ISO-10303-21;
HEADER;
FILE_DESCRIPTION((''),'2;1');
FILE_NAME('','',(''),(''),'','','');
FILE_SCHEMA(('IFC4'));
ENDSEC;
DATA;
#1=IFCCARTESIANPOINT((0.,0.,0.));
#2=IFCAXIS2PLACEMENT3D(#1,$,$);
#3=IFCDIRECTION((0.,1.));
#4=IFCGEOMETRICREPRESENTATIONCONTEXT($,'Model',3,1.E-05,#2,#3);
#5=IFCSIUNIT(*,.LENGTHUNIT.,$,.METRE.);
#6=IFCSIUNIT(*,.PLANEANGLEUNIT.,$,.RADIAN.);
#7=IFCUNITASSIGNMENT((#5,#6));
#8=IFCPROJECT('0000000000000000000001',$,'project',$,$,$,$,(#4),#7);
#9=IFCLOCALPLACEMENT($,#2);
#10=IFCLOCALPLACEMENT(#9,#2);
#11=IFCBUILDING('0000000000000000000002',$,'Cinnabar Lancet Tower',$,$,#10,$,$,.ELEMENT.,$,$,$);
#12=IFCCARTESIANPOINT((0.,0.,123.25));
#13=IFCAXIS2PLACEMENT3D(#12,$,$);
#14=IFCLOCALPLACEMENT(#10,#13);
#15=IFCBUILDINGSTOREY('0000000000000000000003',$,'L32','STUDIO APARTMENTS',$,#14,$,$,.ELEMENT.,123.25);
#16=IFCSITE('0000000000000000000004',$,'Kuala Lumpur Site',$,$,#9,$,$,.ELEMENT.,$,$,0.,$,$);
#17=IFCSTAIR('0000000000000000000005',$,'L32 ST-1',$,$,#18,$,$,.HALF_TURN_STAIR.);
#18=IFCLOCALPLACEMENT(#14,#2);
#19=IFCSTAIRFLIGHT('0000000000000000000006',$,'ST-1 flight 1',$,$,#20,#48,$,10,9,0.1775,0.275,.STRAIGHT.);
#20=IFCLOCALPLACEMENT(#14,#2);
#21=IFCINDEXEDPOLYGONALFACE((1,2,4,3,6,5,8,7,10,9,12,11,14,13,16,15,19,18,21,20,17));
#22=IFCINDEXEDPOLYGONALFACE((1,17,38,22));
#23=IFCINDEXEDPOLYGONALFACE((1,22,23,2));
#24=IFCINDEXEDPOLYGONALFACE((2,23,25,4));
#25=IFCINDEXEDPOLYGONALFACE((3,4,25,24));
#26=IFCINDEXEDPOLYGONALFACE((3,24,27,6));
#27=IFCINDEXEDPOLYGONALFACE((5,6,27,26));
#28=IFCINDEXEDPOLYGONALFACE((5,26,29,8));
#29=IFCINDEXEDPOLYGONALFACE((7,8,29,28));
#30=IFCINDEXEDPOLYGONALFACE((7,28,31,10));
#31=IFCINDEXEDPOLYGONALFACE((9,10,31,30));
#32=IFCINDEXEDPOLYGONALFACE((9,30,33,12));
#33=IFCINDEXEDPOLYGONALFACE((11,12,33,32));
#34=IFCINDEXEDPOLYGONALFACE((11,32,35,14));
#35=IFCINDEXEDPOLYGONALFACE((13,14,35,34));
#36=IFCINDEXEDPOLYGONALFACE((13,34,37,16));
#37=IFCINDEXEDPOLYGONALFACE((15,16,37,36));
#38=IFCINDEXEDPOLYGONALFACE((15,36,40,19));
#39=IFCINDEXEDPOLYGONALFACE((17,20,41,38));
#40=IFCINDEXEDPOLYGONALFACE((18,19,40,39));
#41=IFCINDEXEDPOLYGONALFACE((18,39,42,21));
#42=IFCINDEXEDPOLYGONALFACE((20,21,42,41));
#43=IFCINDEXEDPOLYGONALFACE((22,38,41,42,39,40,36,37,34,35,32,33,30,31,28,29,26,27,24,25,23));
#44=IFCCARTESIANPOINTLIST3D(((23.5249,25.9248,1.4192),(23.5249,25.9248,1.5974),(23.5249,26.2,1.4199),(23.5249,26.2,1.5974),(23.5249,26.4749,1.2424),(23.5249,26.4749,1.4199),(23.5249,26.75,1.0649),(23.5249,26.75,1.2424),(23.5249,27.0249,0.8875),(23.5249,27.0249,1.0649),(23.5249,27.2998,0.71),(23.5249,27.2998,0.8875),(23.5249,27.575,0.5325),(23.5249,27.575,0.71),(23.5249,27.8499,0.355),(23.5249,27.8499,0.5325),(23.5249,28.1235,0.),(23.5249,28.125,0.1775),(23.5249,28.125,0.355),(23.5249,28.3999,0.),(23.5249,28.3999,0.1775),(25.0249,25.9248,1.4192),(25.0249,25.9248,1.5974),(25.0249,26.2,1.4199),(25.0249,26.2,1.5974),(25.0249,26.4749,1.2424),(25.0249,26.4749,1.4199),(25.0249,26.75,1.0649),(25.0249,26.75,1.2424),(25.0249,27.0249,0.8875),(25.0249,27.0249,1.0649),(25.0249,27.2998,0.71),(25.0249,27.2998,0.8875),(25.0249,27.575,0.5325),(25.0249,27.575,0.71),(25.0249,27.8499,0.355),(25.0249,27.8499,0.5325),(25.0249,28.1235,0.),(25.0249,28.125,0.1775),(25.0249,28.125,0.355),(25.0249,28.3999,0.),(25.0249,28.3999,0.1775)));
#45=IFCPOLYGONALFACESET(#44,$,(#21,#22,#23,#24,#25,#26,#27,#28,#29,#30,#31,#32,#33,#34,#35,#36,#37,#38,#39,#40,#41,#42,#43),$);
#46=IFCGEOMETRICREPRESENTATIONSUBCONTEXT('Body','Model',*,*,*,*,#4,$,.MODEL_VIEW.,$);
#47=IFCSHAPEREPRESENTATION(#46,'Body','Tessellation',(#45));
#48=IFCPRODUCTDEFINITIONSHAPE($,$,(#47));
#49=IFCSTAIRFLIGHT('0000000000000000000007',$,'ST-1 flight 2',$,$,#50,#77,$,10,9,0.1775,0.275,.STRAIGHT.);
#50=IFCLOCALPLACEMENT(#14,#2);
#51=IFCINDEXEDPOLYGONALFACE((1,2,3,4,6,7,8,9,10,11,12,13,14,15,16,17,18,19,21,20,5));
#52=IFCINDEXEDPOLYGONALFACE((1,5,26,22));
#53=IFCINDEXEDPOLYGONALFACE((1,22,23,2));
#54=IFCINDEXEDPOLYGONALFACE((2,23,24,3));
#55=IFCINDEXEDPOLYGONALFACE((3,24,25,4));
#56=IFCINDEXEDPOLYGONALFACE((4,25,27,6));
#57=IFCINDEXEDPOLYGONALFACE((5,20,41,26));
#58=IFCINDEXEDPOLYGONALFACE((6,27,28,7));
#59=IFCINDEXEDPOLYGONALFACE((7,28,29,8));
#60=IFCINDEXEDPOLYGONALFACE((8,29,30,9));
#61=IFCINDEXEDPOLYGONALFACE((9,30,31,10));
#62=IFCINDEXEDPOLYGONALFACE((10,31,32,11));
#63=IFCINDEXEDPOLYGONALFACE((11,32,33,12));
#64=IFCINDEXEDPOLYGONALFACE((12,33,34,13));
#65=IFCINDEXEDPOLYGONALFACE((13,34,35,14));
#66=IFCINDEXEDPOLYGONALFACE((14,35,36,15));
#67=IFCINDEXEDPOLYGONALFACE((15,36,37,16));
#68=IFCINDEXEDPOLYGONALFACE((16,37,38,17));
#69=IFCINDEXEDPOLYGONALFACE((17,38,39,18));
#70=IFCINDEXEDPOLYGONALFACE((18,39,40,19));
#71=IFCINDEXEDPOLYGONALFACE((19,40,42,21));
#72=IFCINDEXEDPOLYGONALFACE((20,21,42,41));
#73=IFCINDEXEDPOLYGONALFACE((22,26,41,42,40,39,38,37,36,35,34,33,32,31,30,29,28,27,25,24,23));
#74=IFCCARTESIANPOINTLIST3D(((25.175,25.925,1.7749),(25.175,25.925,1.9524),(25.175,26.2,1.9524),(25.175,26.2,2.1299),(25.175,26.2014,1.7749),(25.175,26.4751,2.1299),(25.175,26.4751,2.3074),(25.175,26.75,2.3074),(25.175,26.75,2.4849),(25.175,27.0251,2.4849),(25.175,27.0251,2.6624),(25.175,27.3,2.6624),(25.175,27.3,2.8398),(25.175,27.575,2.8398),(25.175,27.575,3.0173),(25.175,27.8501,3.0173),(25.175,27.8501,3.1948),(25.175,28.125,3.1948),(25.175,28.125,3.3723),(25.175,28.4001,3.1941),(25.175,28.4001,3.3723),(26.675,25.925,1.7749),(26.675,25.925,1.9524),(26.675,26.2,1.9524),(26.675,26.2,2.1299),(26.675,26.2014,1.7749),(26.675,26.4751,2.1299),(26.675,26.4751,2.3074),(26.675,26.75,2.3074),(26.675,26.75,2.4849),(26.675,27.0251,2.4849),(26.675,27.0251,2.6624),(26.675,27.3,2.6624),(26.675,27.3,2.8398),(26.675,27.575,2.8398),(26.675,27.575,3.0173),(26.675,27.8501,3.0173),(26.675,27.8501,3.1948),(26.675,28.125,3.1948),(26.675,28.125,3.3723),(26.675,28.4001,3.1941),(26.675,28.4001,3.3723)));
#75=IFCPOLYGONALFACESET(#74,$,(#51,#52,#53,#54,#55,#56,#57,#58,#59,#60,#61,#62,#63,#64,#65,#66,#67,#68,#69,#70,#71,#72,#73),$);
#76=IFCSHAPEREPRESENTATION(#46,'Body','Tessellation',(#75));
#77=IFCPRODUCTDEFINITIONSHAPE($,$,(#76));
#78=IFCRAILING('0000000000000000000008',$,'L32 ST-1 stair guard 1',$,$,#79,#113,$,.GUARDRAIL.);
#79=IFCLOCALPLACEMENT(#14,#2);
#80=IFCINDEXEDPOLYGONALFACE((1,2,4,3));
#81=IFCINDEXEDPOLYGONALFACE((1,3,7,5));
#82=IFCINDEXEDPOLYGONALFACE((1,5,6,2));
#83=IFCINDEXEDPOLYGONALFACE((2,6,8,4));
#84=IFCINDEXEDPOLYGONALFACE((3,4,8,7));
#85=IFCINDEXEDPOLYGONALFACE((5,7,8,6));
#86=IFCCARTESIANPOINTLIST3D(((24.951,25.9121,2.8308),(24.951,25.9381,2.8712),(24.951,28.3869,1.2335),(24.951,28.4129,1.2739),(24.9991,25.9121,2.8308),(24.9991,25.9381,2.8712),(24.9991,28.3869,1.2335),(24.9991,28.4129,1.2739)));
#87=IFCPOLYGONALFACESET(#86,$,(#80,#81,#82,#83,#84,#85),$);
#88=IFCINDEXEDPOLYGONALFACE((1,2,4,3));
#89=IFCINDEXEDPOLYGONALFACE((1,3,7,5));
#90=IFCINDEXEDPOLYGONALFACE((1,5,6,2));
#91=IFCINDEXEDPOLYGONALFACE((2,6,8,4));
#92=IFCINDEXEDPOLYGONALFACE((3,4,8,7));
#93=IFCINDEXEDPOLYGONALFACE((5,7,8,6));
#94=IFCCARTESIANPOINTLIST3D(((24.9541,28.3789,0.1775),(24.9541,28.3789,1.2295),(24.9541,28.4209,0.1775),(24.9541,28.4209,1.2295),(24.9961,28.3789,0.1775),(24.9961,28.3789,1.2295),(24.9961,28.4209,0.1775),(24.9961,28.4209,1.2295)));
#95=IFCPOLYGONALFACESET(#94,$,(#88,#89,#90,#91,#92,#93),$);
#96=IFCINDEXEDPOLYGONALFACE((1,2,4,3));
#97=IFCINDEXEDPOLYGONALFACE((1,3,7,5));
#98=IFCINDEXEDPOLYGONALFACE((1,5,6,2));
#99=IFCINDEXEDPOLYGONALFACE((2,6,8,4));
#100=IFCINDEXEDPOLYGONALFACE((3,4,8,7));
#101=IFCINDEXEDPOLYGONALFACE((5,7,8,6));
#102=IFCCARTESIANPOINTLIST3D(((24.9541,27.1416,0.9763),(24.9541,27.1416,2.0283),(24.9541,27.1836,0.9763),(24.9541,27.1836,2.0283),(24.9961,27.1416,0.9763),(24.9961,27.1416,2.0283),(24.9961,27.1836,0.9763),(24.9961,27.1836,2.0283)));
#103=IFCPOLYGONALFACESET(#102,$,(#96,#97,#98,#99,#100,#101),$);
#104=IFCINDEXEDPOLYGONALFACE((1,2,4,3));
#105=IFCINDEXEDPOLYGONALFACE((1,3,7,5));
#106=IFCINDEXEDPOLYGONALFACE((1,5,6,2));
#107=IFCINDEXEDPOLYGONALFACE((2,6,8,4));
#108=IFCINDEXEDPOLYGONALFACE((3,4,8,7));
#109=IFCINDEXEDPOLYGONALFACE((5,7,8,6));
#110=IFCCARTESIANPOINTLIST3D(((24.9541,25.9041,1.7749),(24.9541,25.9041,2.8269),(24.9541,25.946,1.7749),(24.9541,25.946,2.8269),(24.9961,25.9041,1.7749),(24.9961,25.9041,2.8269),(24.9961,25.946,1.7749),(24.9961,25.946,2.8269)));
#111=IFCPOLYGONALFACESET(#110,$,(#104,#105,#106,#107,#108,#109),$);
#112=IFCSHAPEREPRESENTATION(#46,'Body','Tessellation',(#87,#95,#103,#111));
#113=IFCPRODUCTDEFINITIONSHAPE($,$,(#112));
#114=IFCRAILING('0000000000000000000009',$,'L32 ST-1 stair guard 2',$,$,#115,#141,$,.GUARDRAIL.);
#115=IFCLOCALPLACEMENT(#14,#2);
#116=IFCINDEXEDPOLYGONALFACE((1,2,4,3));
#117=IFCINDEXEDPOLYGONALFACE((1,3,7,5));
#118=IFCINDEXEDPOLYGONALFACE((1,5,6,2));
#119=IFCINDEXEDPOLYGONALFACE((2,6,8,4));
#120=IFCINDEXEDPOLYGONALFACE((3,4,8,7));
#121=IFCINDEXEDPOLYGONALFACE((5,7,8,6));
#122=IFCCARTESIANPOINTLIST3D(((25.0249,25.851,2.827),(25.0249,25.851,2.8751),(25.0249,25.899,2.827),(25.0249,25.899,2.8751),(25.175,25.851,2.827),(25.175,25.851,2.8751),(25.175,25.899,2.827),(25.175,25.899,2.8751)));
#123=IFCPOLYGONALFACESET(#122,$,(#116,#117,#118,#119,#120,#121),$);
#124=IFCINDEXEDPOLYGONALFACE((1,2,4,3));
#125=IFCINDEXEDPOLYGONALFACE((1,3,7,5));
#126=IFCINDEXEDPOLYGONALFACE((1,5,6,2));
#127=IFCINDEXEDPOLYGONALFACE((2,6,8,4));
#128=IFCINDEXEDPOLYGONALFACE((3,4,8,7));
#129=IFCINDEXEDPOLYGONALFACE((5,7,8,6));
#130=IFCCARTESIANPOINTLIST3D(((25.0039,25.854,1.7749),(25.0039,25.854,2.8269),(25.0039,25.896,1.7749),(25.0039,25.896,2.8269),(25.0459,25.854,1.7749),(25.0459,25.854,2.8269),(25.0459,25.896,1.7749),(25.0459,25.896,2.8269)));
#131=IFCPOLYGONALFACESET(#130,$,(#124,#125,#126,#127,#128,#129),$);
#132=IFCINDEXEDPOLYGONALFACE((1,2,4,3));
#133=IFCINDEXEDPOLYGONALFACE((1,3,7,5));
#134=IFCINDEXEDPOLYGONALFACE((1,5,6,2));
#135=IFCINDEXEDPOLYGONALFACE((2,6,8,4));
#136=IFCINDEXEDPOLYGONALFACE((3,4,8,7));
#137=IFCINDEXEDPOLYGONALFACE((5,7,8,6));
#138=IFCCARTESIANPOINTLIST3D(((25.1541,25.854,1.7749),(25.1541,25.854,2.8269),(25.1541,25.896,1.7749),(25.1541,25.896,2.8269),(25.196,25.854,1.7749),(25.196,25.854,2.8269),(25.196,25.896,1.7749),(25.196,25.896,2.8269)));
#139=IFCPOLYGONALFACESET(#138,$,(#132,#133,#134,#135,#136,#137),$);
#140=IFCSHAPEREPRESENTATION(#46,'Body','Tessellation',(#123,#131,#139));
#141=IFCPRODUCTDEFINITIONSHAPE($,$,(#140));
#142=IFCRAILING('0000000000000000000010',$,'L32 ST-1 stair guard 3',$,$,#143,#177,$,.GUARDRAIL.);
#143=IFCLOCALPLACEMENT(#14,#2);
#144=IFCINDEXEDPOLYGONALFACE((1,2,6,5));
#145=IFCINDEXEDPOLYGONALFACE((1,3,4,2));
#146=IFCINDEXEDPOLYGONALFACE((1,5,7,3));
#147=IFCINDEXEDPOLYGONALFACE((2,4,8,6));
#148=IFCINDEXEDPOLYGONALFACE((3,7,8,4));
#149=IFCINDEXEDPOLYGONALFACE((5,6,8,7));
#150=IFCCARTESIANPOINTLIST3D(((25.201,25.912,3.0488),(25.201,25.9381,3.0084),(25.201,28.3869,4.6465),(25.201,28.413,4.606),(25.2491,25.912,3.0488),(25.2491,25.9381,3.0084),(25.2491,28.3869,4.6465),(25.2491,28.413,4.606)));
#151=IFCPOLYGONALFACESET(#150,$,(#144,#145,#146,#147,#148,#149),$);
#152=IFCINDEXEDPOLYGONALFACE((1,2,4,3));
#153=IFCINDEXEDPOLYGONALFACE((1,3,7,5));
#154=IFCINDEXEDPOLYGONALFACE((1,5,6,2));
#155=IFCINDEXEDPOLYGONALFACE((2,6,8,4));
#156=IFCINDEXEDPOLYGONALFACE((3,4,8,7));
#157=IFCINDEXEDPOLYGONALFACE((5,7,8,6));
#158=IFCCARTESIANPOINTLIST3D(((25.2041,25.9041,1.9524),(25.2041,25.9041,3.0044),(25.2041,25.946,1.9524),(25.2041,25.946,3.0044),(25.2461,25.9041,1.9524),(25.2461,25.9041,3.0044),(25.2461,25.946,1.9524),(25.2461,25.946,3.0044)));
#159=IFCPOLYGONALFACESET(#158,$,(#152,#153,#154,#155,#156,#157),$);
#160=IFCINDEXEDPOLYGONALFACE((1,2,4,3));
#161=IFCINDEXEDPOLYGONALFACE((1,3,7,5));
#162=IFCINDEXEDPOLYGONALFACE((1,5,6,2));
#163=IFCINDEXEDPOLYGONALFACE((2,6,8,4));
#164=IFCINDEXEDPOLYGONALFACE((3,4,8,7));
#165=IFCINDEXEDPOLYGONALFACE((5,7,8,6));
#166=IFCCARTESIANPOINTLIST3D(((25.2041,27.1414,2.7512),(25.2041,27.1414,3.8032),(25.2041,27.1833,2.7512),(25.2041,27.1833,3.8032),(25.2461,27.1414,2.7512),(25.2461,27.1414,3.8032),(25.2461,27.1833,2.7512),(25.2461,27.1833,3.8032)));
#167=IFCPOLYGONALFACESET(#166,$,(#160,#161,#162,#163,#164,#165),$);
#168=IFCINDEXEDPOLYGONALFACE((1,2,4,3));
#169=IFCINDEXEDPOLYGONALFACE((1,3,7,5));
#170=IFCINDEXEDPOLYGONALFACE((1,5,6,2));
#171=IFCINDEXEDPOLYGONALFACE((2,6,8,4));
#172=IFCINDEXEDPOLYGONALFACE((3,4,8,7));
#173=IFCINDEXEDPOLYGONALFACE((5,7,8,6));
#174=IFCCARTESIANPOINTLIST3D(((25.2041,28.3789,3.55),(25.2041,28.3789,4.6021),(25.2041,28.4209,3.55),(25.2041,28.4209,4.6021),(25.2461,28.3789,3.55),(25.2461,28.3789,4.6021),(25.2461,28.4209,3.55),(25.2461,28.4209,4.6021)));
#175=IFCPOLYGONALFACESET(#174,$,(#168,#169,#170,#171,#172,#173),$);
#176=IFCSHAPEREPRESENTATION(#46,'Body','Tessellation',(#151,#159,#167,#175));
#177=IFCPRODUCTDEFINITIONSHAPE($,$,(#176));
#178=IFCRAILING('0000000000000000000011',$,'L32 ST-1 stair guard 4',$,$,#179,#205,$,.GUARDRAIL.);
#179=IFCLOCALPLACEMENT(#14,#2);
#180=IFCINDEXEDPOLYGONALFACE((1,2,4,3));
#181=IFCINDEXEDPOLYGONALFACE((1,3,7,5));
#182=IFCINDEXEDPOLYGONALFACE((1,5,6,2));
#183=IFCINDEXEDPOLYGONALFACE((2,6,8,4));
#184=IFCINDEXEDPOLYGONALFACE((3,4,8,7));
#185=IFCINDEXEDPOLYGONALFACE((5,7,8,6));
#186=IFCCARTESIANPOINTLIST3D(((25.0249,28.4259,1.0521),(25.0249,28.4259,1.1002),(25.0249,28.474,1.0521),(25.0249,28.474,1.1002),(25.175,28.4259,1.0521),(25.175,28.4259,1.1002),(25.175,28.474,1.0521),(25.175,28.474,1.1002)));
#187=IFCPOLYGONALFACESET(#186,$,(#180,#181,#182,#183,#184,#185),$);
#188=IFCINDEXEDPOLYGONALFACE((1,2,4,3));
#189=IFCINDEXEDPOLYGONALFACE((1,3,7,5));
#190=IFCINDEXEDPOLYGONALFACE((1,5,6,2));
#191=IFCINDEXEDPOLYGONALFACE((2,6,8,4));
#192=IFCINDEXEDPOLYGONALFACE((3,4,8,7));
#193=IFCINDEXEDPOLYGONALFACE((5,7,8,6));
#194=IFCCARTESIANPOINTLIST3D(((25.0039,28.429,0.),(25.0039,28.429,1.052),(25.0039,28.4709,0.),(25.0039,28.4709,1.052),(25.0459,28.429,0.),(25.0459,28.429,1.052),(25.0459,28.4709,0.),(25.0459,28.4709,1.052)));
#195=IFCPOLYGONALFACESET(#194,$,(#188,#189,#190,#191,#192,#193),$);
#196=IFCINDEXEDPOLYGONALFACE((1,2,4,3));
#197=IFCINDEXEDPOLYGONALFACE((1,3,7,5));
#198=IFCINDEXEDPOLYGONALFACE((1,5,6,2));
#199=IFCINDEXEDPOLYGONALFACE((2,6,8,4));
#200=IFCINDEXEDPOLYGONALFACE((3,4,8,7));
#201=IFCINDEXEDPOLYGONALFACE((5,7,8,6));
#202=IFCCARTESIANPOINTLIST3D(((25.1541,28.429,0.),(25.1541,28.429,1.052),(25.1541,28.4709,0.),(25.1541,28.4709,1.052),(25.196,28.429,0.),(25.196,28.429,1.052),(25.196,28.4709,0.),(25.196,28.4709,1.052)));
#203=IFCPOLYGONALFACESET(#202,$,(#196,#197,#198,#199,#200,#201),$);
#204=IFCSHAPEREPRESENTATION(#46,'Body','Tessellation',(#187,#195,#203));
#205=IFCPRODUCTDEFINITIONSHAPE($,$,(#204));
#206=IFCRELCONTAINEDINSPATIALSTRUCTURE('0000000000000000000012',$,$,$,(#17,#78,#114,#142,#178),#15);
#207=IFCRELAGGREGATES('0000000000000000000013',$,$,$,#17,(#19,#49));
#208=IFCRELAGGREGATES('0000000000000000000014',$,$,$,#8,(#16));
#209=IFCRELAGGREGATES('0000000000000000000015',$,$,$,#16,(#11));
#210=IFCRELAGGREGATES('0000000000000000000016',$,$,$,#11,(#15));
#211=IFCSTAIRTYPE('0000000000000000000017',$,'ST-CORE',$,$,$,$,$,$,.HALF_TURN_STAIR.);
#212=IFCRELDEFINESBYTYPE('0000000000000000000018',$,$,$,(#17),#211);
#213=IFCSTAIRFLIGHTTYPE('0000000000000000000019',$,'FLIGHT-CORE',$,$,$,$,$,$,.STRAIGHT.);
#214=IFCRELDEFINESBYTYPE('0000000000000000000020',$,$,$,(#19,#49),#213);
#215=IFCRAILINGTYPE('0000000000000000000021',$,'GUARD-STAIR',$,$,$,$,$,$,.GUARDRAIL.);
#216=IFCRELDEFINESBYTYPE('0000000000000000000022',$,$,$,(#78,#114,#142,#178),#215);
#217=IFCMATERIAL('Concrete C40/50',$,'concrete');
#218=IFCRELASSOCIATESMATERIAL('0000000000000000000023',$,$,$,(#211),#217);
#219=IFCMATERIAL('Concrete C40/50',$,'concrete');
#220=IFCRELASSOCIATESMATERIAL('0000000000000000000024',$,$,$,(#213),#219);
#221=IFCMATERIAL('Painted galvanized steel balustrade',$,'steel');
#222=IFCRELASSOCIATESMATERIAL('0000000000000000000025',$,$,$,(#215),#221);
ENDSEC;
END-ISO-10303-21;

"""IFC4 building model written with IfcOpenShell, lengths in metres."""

from ifc_helpers import new_model, si_unit, direction, frame, origin, origin_2d, place, context, subcontext, project, spatial, polyline, rectangle, outline, extrude, material, type_object, element, aggregate, save


model = new_model("IFC4")

# Units and contexts
model_context = context("Model", 3, precision=1e-05, world=origin(), true_north=direction((0.0, 1.0)))
body_context = subcontext(model_context, "Body", "Model", "MODEL_VIEW")
ifc_project = project(units=[si_unit("LENGTHUNIT", "METRE"), si_unit("PLANEANGLEUNIT", "RADIAN")], contexts=[model_context])

# Site, building, storey
site_placement = place(None, origin())
site = spatial("IfcSite", under=ifc_project, at=site_placement, Name="Kuala Lumpur Site", CompositionType="ELEMENT", RefElevation=0.0)
building_placement = place(site_placement, origin())
building = spatial("IfcBuilding", under=site, at=building_placement, Name="Cinnabar Lancet Tower", CompositionType="ELEMENT")
storey_placement = place(building_placement, frame((0.0, 0.0, 123.25)))
storey = spatial("IfcBuildingStorey", under=building, at=storey_placement, Name="L32", Description="STUDIO APARTMENTS", CompositionType="ELEMENT", Elevation=123.25)

# Stair, stair flights
ifc_material_1 = material(Name="Concrete C40/50", Category="concrete")
stair_type = type_object("IfcStairType", Name="ST-CORE", PredefinedType="HALF_TURN_STAIR", material=ifc_material_1)
stair_placement = place(storey_placement, origin())
stair = element("IfcStair", 1, at=stair_placement, inside=storey, type_object=stair_type, Name="L32 ST-1", PredefinedType="HALF_TURN_STAIR")
ifc_material_2 = material(Name="Concrete C40/50", Category="concrete")
stair_flight_type = type_object("IfcStairFlightType", Name="FLIGHT-CORE", PredefinedType="STRAIGHT", material=ifc_material_2)
stair_flight_1_placement = place(storey_placement, frame((24.2749, 28.3999, 0.0), z_axis=(0.0, 0.0, 1.0), x_axis=(0.0, -1.0, 0.0)))
stair_flight_1 = element("IfcStairFlight", 2, at=stair_flight_1_placement, type_object=stair_flight_type, Name="ST-1 flight 1", NumberOfRisers=10, NumberOfTreads=9, PredefinedType="STRAIGHT", RiserHeight=0.1775, TreadLength=0.275, context=body_context, shape_type="SweptSolid", body=[
    extrude(outline(polyline([(0.0, 0.0), (0.0, 0.1775), (0.2749, 0.1775), (0.2749, 0.355), (0.55, 0.355), (0.55, 0.5325), (0.825, 0.5325), (0.825, 0.71), (1.1001, 0.71), (1.1001, 0.8875), (1.375, 0.8875), (1.375, 1.0649), (1.6499, 1.0649), (1.6499, 1.2424), (1.925, 1.2424), (1.925, 1.4199), (2.2, 1.4199), (2.2, 1.5974), (2.4751, 1.5974), (2.4751, 1.7749), (2.4751, 1.4192), (0.2764, 0.0), (0.0, 0.0)])), frame((0.0, 0.75, 0.0), z_axis=(0.0, -1.0, 0.0), x_axis=(1.0, 0.0, 0.0)), (0.0, 0.0, 1.0), 1.5),
])
stair_flight_2_placement = place(storey_placement, frame((25.925, 25.925, 1.7749), z_axis=(0.0, 0.0, 1.0), x_axis=(0.0, 1.0, 0.0)))
stair_flight_2 = element("IfcStairFlight", 3, at=stair_flight_2_placement, type_object=stair_flight_type, Name="ST-1 flight 2", NumberOfRisers=10, NumberOfTreads=9, PredefinedType="STRAIGHT", RiserHeight=0.1775, TreadLength=0.275, context=body_context, shape_type="SweptSolid", body=[
    extrude(outline(polyline([(0.0, 0.0), (0.0, 0.1775), (0.2749, 0.1775), (0.2749, 0.355), (0.55, 0.355), (0.55, 0.5325), (0.825, 0.5325), (0.825, 0.71), (1.1001, 0.71), (1.1001, 0.8875), (1.375, 0.8875), (1.375, 1.0649), (1.6499, 1.0649), (1.6499, 1.2424), (1.925, 1.2424), (1.925, 1.4199), (2.2, 1.4199), (2.2, 1.5974), (2.4751, 1.5974), (2.4751, 1.7749), (2.4751, 1.4192), (0.2764, 0.0), (0.0, 0.0)])), frame((0.0, 0.75, 0.0), z_axis=(0.0, -1.0, 0.0), x_axis=(1.0, 0.0, 0.0)), (0.0, 0.0, 1.0), 1.5),
])
aggregate(stair, [stair_flight_1, stair_flight_2])

# Railings
ifc_material_3 = material(Name="Painted galvanized steel balustrade", Category="steel")
railing_type_1 = type_object("IfcRailingType", Name="GUARD-STAIR", PredefinedType="GUARDRAIL", material=ifc_material_3)
railing_1_placement = place(storey_placement, frame((24.9751, 28.3999, 0.1775)))
element("IfcRailing", 4, at=railing_1_placement, inside=storey, type_object=railing_type_1, Name="L32 ST-1 stair guard 1", PredefinedType="GUARDRAIL", context=body_context, shape_type="SweptSolid", body=[
    extrude(rectangle(XDim=0.0481, YDim=0.0481, at=origin_2d()), frame((0.0, 0.0, 1.0762), z_axis=(0.0, -0.840183, 0.542302), x_axis=(1.0, 0.0, 0.0)), (0.0, 0.0, 1.0), 2.9456),
    extrude(rectangle(XDim=0.042, YDim=0.042, at=origin_2d()), origin(), (0.0, 0.0, 1.0), 1.052),
    extrude(rectangle(XDim=0.042, YDim=0.042, at=origin_2d()), frame((0.0, -1.2373, 0.7988)), (0.0, 0.0, 1.0), 1.052),
    extrude(rectangle(XDim=0.042, YDim=0.042, at=origin_2d()), frame((0.0, -2.4749, 1.5974)), (0.0, 0.0, 1.0), 1.052),
])
railing_2_placement = place(storey_placement, frame((25.0249, 25.875, 1.7749)))
element("IfcRailing", 5, at=railing_2_placement, inside=storey, type_object=railing_type_1, Name="L32 ST-1 stair guard 2", PredefinedType="GUARDRAIL", context=body_context, shape_type="SweptSolid", body=[
    extrude(rectangle(XDim=0.0481, YDim=0.0481, at=origin_2d()), frame((0.0, 0.0, 1.0762), z_axis=(1.0, 0.0, 0.0), x_axis=(0.0, 1.0, 0.0)), (0.0, 0.0, 1.0), 0.1501),
    extrude(rectangle(XDim=0.042, YDim=0.042, at=origin_2d()), origin(), (0.0, 0.0, 1.0), 1.052),
    extrude(rectangle(XDim=0.042, YDim=0.042, at=origin_2d()), frame((0.1501, 0.0, 0.0)), (0.0, 0.0, 1.0), 1.052),
])
railing_3_placement = place(storey_placement, frame((25.2251, 25.925, 1.9524)))
element("IfcRailing", 6, at=railing_3_placement, inside=storey, type_object=railing_type_1, Name="L32 ST-1 stair guard 3", PredefinedType="GUARDRAIL", context=body_context, shape_type="SweptSolid", body=[
    extrude(rectangle(XDim=0.0481, YDim=0.0481, at=origin_2d()), frame((0.0, 0.0, 1.0762), z_axis=(0.0, 0.840146, 0.542361), x_axis=(-1.0, 0.0, 0.0)), (0.0, 0.0, 1.0), 2.9458),
    extrude(rectangle(XDim=0.042, YDim=0.042, at=origin_2d()), origin(), (0.0, 0.0, 1.0), 1.052),
    extrude(rectangle(XDim=0.042, YDim=0.042, at=origin_2d()), frame((0.0, 1.2373, 0.7988)), (0.0, 0.0, 1.0), 1.052),
    extrude(rectangle(XDim=0.042, YDim=0.042, at=origin_2d()), frame((0.0, 2.4749, 1.5977)), (0.0, 0.0, 1.0), 1.052),
])
railing_4_placement = place(storey_placement, frame((25.0249, 28.45, 0.0)))
element("IfcRailing", 7, at=railing_4_placement, inside=storey, type_object=railing_type_1, Name="L32 ST-1 stair guard 4", PredefinedType="GUARDRAIL", context=body_context, shape_type="SweptSolid", body=[
    extrude(rectangle(XDim=0.0481, YDim=0.0481, at=origin_2d()), frame((0.0, 0.0, 1.0762), z_axis=(1.0, 0.0, 0.0), x_axis=(0.0, 1.0, 0.0)), (0.0, 0.0, 1.0), 0.1501),
    extrude(rectangle(XDim=0.042, YDim=0.042, at=origin_2d()), origin(), (0.0, 0.0, 1.0), 1.052),
    extrude(rectangle(XDim=0.042, YDim=0.042, at=origin_2d()), frame((0.1501, 0.0, 0.0)), (0.0, 0.0, 1.0), 1.052),
])

save(model, "model.ifc")
